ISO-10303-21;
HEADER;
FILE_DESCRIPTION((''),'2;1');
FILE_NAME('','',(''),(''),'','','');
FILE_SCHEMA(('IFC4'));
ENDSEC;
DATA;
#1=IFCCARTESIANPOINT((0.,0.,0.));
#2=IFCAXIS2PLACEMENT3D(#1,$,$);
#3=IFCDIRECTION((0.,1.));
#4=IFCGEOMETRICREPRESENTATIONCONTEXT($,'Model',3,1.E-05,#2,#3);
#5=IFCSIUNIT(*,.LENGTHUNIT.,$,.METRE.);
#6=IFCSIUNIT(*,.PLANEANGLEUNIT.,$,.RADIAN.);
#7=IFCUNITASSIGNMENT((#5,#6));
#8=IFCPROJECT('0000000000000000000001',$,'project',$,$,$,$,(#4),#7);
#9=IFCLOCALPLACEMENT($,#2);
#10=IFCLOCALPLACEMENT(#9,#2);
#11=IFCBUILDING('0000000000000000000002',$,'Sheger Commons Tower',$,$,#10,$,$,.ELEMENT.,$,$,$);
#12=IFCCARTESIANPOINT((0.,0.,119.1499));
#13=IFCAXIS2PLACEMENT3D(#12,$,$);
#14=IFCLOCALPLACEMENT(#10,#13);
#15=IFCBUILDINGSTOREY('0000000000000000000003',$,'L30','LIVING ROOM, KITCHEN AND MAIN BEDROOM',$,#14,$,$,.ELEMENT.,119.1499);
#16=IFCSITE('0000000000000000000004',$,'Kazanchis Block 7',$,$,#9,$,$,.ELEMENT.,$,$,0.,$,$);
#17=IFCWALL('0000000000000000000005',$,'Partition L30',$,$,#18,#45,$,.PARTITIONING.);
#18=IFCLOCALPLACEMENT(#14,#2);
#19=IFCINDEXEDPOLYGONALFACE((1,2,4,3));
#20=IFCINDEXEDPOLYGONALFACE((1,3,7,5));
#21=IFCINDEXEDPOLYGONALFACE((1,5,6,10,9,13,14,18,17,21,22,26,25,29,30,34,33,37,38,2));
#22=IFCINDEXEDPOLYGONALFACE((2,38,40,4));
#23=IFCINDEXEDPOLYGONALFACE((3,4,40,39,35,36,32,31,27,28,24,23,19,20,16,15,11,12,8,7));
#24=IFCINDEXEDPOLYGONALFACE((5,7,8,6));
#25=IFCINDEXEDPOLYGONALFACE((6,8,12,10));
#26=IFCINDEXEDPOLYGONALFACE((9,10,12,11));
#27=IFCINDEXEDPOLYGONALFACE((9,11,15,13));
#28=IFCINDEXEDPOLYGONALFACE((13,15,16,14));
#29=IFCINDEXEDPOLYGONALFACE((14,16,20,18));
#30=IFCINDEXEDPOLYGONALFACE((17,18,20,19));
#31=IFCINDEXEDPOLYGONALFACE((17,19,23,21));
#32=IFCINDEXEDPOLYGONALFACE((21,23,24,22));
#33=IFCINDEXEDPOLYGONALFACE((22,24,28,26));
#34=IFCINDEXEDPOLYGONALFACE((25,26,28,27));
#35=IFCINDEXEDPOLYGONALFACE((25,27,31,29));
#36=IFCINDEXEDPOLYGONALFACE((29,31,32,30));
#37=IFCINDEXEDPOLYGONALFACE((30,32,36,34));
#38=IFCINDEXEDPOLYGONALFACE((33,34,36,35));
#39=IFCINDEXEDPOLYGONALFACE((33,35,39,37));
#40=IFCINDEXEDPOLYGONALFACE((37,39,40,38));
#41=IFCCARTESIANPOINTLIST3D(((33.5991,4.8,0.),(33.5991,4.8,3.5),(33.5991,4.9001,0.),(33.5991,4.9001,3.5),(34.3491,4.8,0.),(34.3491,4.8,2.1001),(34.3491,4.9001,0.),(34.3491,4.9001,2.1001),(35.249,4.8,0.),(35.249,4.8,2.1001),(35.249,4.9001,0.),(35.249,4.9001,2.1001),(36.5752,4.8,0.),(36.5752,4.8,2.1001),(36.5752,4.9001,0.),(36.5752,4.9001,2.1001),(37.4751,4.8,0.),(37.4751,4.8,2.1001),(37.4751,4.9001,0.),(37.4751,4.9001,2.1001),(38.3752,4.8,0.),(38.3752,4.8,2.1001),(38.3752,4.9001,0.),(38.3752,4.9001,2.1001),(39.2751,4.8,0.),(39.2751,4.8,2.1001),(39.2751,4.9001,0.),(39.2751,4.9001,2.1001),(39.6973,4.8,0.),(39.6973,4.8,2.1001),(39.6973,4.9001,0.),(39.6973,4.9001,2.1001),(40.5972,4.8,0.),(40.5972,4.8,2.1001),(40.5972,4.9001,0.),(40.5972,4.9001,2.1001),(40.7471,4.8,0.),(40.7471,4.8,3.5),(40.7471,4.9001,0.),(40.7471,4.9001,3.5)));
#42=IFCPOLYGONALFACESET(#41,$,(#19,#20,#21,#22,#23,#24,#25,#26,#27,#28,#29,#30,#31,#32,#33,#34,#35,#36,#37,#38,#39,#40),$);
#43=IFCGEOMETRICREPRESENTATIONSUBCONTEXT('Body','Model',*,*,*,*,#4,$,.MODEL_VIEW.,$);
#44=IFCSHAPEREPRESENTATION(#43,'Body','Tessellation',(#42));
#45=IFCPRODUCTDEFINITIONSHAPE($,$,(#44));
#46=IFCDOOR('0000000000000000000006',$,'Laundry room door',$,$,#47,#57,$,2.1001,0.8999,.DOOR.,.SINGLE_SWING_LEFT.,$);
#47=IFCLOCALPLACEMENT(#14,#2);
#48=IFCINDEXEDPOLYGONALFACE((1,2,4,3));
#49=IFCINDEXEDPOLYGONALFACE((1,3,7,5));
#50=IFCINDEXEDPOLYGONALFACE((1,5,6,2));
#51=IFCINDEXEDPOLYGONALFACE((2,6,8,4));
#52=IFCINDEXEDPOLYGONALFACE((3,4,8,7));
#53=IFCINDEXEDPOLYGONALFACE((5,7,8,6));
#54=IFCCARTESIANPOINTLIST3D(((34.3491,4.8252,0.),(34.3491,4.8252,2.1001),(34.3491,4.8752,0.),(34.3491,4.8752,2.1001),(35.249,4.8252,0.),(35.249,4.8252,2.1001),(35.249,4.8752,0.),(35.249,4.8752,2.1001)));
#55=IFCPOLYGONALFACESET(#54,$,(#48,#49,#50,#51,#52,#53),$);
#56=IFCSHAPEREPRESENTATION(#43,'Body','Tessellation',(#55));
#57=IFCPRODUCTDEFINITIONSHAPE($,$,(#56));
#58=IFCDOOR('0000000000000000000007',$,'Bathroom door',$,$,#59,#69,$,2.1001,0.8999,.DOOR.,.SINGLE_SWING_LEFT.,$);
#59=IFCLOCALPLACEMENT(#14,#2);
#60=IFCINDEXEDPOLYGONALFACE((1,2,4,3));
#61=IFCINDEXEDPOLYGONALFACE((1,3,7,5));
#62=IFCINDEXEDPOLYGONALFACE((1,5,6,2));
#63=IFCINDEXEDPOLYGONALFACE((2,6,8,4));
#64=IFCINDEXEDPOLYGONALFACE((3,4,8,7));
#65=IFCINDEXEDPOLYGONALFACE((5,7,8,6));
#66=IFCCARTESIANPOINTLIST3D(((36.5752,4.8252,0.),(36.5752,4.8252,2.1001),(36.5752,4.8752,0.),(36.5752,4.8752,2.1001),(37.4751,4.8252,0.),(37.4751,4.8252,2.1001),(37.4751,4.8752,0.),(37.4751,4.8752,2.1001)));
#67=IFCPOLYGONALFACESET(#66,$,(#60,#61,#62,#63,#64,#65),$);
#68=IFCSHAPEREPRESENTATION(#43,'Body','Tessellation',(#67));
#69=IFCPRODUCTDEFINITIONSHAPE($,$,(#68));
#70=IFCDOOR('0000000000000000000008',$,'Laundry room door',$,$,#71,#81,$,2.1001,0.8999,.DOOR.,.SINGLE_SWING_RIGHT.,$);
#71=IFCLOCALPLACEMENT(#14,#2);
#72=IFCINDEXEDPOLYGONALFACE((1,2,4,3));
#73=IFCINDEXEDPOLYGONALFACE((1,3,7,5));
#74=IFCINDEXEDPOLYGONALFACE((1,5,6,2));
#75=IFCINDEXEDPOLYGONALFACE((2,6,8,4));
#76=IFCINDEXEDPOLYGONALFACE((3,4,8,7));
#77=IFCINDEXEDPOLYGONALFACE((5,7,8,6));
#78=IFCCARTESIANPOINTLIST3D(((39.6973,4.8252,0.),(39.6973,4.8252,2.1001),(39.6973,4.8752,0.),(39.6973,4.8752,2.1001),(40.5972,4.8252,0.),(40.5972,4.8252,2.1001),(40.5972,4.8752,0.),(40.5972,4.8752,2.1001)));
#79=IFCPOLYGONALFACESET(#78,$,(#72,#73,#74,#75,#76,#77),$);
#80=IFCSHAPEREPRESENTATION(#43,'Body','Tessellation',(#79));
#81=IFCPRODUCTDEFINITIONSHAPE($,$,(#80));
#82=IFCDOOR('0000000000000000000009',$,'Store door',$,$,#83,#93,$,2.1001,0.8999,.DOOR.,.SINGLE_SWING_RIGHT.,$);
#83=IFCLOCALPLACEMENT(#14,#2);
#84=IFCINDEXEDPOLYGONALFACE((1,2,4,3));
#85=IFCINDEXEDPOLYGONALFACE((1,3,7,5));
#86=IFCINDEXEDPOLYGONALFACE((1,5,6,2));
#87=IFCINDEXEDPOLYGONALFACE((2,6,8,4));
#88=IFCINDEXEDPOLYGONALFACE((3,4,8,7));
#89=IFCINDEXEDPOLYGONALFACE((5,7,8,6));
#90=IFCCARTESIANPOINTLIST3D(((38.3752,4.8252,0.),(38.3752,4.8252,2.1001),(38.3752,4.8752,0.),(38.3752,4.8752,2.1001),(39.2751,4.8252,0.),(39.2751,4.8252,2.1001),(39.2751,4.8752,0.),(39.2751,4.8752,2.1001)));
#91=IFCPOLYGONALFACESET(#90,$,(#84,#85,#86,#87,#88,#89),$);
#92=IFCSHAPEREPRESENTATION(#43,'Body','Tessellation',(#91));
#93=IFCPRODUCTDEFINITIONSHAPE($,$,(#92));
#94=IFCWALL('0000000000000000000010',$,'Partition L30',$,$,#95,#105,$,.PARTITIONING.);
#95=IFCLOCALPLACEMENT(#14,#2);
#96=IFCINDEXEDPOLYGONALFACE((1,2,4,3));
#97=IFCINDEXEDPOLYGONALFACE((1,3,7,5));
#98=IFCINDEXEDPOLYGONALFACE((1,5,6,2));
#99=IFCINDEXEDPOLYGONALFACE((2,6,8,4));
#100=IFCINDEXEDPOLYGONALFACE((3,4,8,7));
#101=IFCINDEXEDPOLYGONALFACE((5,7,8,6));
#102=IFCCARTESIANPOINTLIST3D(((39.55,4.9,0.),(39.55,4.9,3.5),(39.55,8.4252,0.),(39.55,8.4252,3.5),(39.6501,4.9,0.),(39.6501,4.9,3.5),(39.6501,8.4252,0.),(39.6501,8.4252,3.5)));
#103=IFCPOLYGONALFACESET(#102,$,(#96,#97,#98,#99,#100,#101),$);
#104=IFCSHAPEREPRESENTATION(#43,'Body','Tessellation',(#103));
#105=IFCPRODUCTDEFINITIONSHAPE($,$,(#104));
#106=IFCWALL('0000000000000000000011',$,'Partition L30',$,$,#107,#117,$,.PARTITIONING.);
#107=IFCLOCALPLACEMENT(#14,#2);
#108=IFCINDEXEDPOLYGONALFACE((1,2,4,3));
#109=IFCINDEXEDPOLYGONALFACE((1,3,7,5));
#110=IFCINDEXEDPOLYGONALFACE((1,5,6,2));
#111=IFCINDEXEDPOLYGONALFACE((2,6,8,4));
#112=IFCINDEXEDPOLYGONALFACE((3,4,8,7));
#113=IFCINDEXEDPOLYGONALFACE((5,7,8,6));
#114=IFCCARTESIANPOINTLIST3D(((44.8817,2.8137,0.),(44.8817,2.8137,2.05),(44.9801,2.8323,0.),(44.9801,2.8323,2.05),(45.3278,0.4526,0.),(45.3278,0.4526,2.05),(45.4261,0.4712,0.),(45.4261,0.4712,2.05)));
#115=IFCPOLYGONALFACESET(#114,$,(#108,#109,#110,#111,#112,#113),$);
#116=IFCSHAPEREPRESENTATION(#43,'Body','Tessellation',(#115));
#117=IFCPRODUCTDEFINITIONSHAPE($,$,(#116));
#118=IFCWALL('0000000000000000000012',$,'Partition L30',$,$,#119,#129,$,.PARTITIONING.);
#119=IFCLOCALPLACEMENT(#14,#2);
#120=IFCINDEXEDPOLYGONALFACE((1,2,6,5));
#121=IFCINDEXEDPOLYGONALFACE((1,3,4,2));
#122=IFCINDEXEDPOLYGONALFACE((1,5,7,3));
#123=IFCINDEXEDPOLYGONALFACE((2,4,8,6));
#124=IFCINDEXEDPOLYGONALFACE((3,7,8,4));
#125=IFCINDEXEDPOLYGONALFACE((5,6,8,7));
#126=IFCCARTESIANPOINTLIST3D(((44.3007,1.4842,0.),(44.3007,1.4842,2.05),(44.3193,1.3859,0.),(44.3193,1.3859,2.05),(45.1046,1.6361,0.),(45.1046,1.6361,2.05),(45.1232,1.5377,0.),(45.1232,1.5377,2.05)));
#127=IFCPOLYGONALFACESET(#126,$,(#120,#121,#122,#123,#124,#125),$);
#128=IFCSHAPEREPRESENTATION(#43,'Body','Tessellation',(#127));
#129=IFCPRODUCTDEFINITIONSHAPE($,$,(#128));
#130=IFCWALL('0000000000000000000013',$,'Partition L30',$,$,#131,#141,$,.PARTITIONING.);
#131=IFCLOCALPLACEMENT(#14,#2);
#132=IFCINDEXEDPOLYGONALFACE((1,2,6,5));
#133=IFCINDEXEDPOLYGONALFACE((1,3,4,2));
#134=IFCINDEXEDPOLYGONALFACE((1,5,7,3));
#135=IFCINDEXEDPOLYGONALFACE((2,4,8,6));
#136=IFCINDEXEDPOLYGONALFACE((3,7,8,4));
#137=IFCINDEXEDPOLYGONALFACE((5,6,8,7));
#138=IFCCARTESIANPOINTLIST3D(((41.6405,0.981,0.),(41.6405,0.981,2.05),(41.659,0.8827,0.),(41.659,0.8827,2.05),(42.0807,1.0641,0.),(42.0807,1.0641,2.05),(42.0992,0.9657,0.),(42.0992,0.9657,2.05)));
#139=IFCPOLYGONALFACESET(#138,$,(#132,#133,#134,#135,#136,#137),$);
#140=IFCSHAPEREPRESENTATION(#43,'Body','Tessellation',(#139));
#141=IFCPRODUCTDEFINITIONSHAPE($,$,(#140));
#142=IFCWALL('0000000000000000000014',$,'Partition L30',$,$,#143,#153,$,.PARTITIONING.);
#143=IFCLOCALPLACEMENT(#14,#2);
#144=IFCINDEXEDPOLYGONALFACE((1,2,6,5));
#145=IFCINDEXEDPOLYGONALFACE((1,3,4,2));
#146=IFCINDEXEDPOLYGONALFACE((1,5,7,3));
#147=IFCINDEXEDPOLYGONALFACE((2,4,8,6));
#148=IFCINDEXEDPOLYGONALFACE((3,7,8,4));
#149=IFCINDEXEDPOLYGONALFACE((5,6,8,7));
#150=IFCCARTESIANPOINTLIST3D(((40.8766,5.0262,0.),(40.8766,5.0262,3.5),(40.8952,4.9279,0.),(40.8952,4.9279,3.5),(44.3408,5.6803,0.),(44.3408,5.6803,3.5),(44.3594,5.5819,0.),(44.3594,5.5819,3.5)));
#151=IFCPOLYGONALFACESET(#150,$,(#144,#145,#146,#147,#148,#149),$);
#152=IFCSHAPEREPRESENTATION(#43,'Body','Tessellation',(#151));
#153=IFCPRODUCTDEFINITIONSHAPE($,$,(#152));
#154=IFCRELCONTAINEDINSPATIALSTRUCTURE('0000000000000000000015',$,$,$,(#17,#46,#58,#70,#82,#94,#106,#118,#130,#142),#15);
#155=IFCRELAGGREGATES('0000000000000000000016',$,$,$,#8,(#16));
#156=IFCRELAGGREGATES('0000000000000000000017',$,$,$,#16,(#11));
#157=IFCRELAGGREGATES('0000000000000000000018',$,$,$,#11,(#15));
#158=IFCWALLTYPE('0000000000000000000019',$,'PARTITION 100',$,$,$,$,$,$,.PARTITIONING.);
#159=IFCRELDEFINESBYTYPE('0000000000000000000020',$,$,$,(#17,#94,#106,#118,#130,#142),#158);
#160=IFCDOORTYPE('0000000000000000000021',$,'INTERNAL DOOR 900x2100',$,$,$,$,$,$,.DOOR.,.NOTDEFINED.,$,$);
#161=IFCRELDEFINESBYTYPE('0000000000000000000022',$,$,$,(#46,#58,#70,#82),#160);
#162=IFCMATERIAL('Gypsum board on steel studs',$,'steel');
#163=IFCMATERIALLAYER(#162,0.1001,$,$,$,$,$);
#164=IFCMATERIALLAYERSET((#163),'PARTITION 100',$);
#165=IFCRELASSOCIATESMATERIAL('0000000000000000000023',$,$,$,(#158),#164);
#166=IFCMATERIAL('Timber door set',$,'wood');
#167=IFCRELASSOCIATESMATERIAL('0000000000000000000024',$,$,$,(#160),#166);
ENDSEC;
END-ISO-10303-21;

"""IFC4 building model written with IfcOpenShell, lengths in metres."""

from ifc_helpers import new_model, si_unit, direction, frame, frame_2d, origin, place, context, subcontext, project, spatial, rectangle, extrude, material, layer, layer_set, type_object, element, fill, save


model = new_model("IFC4")

# Units and contexts
model_context = context("Model", 3, precision=1e-05, world=origin(), true_north=direction((0.0, 1.0)))
body_context = subcontext(model_context, "Body", "Model", "MODEL_VIEW")
ifc_project = project(units=[si_unit("LENGTHUNIT", "METRE"), si_unit("PLANEANGLEUNIT", "RADIAN")], contexts=[model_context])

# Site, building, storey
site_placement = place(None, origin())
site = spatial("IfcSite", under=ifc_project, at=site_placement, Name="Kazanchis Block 7", CompositionType="ELEMENT", RefElevation=0.0)
building_placement = place(site_placement, origin())
building = spatial("IfcBuilding", under=site, at=building_placement, Name="Sheger Commons Tower", CompositionType="ELEMENT")
storey_placement = place(building_placement, frame((0.0, 0.0, 119.1499)))
storey = spatial("IfcBuildingStorey", under=building, at=storey_placement, Name="L30", Description="LIVING ROOM, KITCHEN AND MAIN BEDROOM", CompositionType="ELEMENT", Elevation=119.1499)

# Wall, openings, doors
ifc_material_1 = material(Name="Gypsum board on steel studs", Category="steel")
ifc_layer_1 = layer(ifc_material_1, 0.1001)
ifc_layer_set_1 = layer_set([ifc_layer_1], Name="PARTITION 100")
wall_type = type_object("IfcWallType", Name="PARTITION 100", PredefinedType="PARTITIONING", material=ifc_layer_set_1)
ifc_material_2 = material(Name="Timber door set", Category="wood")
door_type = type_object("IfcDoorType", Name="INTERNAL DOOR 900x2100", OperationType="NOTDEFINED", PredefinedType="DOOR", material=ifc_material_2)
wall_1_placement = place(storey_placement, frame((40.7471, 4.8501, 0.0), z_axis=(0.0, 0.0, 1.0), x_axis=(-1.0, 0.0, 0.0)))
wall_1 = element("IfcWall", 1, at=wall_1_placement, inside=storey, type_object=wall_type, Name="Partition L30", PredefinedType="PARTITIONING", context=body_context, shape_type="SweptSolid", body=[
    extrude(rectangle(XDim=7.1479, YDim=0.1001, at=frame_2d((3.574, 0.0))), origin(), (0.0, 0.0, 1.0), 3.5),
])
opening_1_placement = place(wall_1_placement, frame((5.498, 0.0, 0.0)))
opening_1 = element("IfcOpeningElement", 2, at=opening_1_placement, cuts=wall_1, PredefinedType="OPENING", context=body_context, shape_type="SweptSolid", body=[
    extrude(rectangle(XDim=0.8999, YDim=2.1001, at=frame_2d((0.45, 1.05))), frame((0.0, 0.0601, 0.0), z_axis=(0.0, -1.0, 0.0), x_axis=(1.0, 0.0, 0.0)), (0.0, 0.0, 1.0), 0.1201),
])
opening_2_placement = place(wall_1_placement, frame((3.272, 0.0, 0.0)))
opening_2 = element("IfcOpeningElement", 3, at=opening_2_placement, cuts=wall_1, PredefinedType="OPENING", context=body_context, shape_type="SweptSolid", body=[
    extrude(rectangle(XDim=0.8999, YDim=2.1001, at=frame_2d((0.45, 1.05))), frame((0.0, 0.0601, 0.0), z_axis=(0.0, -1.0, 0.0), x_axis=(1.0, 0.0, 0.0)), (0.0, 0.0, 1.0), 0.1201),
])
opening_3_placement = place(wall_1_placement, frame((0.1499, 0.0, 0.0)))
opening_3 = element("IfcOpeningElement", 4, at=opening_3_placement, cuts=wall_1, PredefinedType="OPENING", context=body_context, shape_type="SweptSolid", body=[
    extrude(rectangle(XDim=0.8999, YDim=2.1001, at=frame_2d((0.45, 1.05))), frame((0.0, 0.0601, 0.0), z_axis=(0.0, -1.0, 0.0), x_axis=(1.0, 0.0, 0.0)), (0.0, 0.0, 1.0), 0.1201),
])
opening_4_placement = place(wall_1_placement, frame((1.4719, 0.0, 0.0)))
opening_4 = element("IfcOpeningElement", 5, at=opening_4_placement, cuts=wall_1, PredefinedType="OPENING", context=body_context, shape_type="SweptSolid", body=[
    extrude(rectangle(XDim=0.8999, YDim=2.1001, at=frame_2d((0.45, 1.05))), frame((0.0, 0.0601, 0.0), z_axis=(0.0, -1.0, 0.0), x_axis=(1.0, 0.0, 0.0)), (0.0, 0.0, 1.0), 0.1201),
])
door_1_placement = place(opening_1_placement, origin())
door_1 = element("IfcDoor", 6, at=door_1_placement, inside=storey, type_object=door_type, Name="Laundry room door", OperationType="SINGLE_SWING_LEFT", OverallHeight=2.1001, OverallWidth=0.8999, PredefinedType="DOOR", context=body_context, shape_type="SweptSolid", body=[
    extrude(rectangle(XDim=0.8999, YDim=2.1001, at=frame_2d((0.45, 1.05))), frame((0.0, 0.0249, 0.0), z_axis=(0.0, -1.0, 0.0), x_axis=(1.0, 0.0, 0.0)), (0.0, 0.0, 1.0), 0.05),
])
fill(opening_1, door_1)
door_2_placement = place(opening_2_placement, origin())
door_2 = element("IfcDoor", 7, at=door_2_placement, inside=storey, type_object=door_type, Name="Bathroom door", OperationType="SINGLE_SWING_LEFT", OverallHeight=2.1001, OverallWidth=0.8999, PredefinedType="DOOR", context=body_context, shape_type="SweptSolid", body=[
    extrude(rectangle(XDim=0.8999, YDim=2.1001, at=frame_2d((0.45, 1.05))), frame((0.0, 0.0249, 0.0), z_axis=(0.0, -1.0, 0.0), x_axis=(1.0, 0.0, 0.0)), (0.0, 0.0, 1.0), 0.05),
])
fill(opening_2, door_2)
door_3_placement = place(opening_3_placement, origin())
door_3 = element("IfcDoor", 8, at=door_3_placement, inside=storey, type_object=door_type, Name="Laundry room door", OperationType="SINGLE_SWING_RIGHT", OverallHeight=2.1001, OverallWidth=0.8999, PredefinedType="DOOR", context=body_context, shape_type="SweptSolid", body=[
    extrude(rectangle(XDim=0.8999, YDim=2.1001, at=frame_2d((0.45, 1.05))), frame((0.0, 0.0249, 0.0), z_axis=(0.0, -1.0, 0.0), x_axis=(1.0, 0.0, 0.0)), (0.0, 0.0, 1.0), 0.05),
])
fill(opening_3, door_3)
door_4_placement = place(opening_4_placement, origin())
door_4 = element("IfcDoor", 9, at=door_4_placement, inside=storey, type_object=door_type, Name="Store door", OperationType="SINGLE_SWING_RIGHT", OverallHeight=2.1001, OverallWidth=0.8999, PredefinedType="DOOR", context=body_context, shape_type="SweptSolid", body=[
    extrude(rectangle(XDim=0.8999, YDim=2.1001, at=frame_2d((0.45, 1.05))), frame((0.0, 0.0249, 0.0), z_axis=(0.0, -1.0, 0.0), x_axis=(1.0, 0.0, 0.0)), (0.0, 0.0, 1.0), 0.05),
])
fill(opening_4, door_4)

# Walls
wall_2_placement = place(storey_placement, frame((39.6001, 4.8999, 0.0), z_axis=(0.0, 0.0, 1.0), x_axis=(0.0, 1.0, 0.0)))
element("IfcWall", 10, at=wall_2_placement, inside=storey, type_object=wall_type, Name="Partition L30", PredefinedType="PARTITIONING", context=body_context, shape_type="SweptSolid", body=[
    extrude(rectangle(XDim=3.5251, YDim=0.1001, at=frame_2d((1.7627, 0.0))), origin(), (0.0, 0.0, 1.0), 3.5),
])
wall_3_placement = place(storey_placement, frame((44.9309, 2.823, 0.0), z_axis=(0.0, 0.0, 1.0), x_axis=(0.185632, -0.982619, 0.0)))
element("IfcWall", 11, at=wall_3_placement, inside=storey, type_object=wall_type, Name="Partition L30", PredefinedType="PARTITIONING", context=body_context, shape_type="SweptSolid", body=[
    extrude(rectangle(XDim=2.4028, YDim=0.1001, at=frame_2d((1.2014, 0.0))), origin(), (0.0, 0.0, 1.0), 2.05),
])
wall_4_placement = place(storey_placement, frame((45.114, 1.5869, 0.0), z_axis=(0.0, 0.0, 1.0), x_axis=(-0.982625, -0.185604, 0.0)))
element("IfcWall", 12, at=wall_4_placement, inside=storey, type_object=wall_type, Name="Partition L30", PredefinedType="PARTITIONING", context=body_context, shape_type="SweptSolid", body=[
    extrude(rectangle(XDim=0.8181, YDim=0.1001, at=frame_2d((0.4092, 0.0))), origin(), (0.0, 0.0, 1.0), 2.05),
])
wall_5_placement = place(storey_placement, frame((42.0901, 1.0149, 0.0), z_axis=(0.0, 0.0, 1.0), x_axis=(-0.98268, -0.185309, 0.0)))
element("IfcWall", 13, at=wall_5_placement, inside=storey, type_object=wall_type, Name="Partition L30", PredefinedType="PARTITIONING", context=body_context, shape_type="SweptSolid", body=[
    extrude(rectangle(XDim=0.448, YDim=0.1001, at=frame_2d((0.2241, 0.0))), origin(), (0.0, 0.0, 1.0), 2.05),
])
wall_6_placement = place(storey_placement, frame((44.3501, 5.6311, 0.0), z_axis=(0.0, 0.0, 1.0), x_axis=(-0.982639, -0.18553, 0.0)))
element("IfcWall", 14, at=wall_6_placement, inside=storey, type_object=wall_type, Name="Partition L30", PredefinedType="PARTITIONING", context=body_context, shape_type="SweptSolid", body=[
    extrude(rectangle(XDim=3.5254, YDim=0.1001, at=frame_2d((1.7627, 0.0))), origin(), (0.0, 0.0, 1.0), 3.5),
])

save(model, "model.ifc")
